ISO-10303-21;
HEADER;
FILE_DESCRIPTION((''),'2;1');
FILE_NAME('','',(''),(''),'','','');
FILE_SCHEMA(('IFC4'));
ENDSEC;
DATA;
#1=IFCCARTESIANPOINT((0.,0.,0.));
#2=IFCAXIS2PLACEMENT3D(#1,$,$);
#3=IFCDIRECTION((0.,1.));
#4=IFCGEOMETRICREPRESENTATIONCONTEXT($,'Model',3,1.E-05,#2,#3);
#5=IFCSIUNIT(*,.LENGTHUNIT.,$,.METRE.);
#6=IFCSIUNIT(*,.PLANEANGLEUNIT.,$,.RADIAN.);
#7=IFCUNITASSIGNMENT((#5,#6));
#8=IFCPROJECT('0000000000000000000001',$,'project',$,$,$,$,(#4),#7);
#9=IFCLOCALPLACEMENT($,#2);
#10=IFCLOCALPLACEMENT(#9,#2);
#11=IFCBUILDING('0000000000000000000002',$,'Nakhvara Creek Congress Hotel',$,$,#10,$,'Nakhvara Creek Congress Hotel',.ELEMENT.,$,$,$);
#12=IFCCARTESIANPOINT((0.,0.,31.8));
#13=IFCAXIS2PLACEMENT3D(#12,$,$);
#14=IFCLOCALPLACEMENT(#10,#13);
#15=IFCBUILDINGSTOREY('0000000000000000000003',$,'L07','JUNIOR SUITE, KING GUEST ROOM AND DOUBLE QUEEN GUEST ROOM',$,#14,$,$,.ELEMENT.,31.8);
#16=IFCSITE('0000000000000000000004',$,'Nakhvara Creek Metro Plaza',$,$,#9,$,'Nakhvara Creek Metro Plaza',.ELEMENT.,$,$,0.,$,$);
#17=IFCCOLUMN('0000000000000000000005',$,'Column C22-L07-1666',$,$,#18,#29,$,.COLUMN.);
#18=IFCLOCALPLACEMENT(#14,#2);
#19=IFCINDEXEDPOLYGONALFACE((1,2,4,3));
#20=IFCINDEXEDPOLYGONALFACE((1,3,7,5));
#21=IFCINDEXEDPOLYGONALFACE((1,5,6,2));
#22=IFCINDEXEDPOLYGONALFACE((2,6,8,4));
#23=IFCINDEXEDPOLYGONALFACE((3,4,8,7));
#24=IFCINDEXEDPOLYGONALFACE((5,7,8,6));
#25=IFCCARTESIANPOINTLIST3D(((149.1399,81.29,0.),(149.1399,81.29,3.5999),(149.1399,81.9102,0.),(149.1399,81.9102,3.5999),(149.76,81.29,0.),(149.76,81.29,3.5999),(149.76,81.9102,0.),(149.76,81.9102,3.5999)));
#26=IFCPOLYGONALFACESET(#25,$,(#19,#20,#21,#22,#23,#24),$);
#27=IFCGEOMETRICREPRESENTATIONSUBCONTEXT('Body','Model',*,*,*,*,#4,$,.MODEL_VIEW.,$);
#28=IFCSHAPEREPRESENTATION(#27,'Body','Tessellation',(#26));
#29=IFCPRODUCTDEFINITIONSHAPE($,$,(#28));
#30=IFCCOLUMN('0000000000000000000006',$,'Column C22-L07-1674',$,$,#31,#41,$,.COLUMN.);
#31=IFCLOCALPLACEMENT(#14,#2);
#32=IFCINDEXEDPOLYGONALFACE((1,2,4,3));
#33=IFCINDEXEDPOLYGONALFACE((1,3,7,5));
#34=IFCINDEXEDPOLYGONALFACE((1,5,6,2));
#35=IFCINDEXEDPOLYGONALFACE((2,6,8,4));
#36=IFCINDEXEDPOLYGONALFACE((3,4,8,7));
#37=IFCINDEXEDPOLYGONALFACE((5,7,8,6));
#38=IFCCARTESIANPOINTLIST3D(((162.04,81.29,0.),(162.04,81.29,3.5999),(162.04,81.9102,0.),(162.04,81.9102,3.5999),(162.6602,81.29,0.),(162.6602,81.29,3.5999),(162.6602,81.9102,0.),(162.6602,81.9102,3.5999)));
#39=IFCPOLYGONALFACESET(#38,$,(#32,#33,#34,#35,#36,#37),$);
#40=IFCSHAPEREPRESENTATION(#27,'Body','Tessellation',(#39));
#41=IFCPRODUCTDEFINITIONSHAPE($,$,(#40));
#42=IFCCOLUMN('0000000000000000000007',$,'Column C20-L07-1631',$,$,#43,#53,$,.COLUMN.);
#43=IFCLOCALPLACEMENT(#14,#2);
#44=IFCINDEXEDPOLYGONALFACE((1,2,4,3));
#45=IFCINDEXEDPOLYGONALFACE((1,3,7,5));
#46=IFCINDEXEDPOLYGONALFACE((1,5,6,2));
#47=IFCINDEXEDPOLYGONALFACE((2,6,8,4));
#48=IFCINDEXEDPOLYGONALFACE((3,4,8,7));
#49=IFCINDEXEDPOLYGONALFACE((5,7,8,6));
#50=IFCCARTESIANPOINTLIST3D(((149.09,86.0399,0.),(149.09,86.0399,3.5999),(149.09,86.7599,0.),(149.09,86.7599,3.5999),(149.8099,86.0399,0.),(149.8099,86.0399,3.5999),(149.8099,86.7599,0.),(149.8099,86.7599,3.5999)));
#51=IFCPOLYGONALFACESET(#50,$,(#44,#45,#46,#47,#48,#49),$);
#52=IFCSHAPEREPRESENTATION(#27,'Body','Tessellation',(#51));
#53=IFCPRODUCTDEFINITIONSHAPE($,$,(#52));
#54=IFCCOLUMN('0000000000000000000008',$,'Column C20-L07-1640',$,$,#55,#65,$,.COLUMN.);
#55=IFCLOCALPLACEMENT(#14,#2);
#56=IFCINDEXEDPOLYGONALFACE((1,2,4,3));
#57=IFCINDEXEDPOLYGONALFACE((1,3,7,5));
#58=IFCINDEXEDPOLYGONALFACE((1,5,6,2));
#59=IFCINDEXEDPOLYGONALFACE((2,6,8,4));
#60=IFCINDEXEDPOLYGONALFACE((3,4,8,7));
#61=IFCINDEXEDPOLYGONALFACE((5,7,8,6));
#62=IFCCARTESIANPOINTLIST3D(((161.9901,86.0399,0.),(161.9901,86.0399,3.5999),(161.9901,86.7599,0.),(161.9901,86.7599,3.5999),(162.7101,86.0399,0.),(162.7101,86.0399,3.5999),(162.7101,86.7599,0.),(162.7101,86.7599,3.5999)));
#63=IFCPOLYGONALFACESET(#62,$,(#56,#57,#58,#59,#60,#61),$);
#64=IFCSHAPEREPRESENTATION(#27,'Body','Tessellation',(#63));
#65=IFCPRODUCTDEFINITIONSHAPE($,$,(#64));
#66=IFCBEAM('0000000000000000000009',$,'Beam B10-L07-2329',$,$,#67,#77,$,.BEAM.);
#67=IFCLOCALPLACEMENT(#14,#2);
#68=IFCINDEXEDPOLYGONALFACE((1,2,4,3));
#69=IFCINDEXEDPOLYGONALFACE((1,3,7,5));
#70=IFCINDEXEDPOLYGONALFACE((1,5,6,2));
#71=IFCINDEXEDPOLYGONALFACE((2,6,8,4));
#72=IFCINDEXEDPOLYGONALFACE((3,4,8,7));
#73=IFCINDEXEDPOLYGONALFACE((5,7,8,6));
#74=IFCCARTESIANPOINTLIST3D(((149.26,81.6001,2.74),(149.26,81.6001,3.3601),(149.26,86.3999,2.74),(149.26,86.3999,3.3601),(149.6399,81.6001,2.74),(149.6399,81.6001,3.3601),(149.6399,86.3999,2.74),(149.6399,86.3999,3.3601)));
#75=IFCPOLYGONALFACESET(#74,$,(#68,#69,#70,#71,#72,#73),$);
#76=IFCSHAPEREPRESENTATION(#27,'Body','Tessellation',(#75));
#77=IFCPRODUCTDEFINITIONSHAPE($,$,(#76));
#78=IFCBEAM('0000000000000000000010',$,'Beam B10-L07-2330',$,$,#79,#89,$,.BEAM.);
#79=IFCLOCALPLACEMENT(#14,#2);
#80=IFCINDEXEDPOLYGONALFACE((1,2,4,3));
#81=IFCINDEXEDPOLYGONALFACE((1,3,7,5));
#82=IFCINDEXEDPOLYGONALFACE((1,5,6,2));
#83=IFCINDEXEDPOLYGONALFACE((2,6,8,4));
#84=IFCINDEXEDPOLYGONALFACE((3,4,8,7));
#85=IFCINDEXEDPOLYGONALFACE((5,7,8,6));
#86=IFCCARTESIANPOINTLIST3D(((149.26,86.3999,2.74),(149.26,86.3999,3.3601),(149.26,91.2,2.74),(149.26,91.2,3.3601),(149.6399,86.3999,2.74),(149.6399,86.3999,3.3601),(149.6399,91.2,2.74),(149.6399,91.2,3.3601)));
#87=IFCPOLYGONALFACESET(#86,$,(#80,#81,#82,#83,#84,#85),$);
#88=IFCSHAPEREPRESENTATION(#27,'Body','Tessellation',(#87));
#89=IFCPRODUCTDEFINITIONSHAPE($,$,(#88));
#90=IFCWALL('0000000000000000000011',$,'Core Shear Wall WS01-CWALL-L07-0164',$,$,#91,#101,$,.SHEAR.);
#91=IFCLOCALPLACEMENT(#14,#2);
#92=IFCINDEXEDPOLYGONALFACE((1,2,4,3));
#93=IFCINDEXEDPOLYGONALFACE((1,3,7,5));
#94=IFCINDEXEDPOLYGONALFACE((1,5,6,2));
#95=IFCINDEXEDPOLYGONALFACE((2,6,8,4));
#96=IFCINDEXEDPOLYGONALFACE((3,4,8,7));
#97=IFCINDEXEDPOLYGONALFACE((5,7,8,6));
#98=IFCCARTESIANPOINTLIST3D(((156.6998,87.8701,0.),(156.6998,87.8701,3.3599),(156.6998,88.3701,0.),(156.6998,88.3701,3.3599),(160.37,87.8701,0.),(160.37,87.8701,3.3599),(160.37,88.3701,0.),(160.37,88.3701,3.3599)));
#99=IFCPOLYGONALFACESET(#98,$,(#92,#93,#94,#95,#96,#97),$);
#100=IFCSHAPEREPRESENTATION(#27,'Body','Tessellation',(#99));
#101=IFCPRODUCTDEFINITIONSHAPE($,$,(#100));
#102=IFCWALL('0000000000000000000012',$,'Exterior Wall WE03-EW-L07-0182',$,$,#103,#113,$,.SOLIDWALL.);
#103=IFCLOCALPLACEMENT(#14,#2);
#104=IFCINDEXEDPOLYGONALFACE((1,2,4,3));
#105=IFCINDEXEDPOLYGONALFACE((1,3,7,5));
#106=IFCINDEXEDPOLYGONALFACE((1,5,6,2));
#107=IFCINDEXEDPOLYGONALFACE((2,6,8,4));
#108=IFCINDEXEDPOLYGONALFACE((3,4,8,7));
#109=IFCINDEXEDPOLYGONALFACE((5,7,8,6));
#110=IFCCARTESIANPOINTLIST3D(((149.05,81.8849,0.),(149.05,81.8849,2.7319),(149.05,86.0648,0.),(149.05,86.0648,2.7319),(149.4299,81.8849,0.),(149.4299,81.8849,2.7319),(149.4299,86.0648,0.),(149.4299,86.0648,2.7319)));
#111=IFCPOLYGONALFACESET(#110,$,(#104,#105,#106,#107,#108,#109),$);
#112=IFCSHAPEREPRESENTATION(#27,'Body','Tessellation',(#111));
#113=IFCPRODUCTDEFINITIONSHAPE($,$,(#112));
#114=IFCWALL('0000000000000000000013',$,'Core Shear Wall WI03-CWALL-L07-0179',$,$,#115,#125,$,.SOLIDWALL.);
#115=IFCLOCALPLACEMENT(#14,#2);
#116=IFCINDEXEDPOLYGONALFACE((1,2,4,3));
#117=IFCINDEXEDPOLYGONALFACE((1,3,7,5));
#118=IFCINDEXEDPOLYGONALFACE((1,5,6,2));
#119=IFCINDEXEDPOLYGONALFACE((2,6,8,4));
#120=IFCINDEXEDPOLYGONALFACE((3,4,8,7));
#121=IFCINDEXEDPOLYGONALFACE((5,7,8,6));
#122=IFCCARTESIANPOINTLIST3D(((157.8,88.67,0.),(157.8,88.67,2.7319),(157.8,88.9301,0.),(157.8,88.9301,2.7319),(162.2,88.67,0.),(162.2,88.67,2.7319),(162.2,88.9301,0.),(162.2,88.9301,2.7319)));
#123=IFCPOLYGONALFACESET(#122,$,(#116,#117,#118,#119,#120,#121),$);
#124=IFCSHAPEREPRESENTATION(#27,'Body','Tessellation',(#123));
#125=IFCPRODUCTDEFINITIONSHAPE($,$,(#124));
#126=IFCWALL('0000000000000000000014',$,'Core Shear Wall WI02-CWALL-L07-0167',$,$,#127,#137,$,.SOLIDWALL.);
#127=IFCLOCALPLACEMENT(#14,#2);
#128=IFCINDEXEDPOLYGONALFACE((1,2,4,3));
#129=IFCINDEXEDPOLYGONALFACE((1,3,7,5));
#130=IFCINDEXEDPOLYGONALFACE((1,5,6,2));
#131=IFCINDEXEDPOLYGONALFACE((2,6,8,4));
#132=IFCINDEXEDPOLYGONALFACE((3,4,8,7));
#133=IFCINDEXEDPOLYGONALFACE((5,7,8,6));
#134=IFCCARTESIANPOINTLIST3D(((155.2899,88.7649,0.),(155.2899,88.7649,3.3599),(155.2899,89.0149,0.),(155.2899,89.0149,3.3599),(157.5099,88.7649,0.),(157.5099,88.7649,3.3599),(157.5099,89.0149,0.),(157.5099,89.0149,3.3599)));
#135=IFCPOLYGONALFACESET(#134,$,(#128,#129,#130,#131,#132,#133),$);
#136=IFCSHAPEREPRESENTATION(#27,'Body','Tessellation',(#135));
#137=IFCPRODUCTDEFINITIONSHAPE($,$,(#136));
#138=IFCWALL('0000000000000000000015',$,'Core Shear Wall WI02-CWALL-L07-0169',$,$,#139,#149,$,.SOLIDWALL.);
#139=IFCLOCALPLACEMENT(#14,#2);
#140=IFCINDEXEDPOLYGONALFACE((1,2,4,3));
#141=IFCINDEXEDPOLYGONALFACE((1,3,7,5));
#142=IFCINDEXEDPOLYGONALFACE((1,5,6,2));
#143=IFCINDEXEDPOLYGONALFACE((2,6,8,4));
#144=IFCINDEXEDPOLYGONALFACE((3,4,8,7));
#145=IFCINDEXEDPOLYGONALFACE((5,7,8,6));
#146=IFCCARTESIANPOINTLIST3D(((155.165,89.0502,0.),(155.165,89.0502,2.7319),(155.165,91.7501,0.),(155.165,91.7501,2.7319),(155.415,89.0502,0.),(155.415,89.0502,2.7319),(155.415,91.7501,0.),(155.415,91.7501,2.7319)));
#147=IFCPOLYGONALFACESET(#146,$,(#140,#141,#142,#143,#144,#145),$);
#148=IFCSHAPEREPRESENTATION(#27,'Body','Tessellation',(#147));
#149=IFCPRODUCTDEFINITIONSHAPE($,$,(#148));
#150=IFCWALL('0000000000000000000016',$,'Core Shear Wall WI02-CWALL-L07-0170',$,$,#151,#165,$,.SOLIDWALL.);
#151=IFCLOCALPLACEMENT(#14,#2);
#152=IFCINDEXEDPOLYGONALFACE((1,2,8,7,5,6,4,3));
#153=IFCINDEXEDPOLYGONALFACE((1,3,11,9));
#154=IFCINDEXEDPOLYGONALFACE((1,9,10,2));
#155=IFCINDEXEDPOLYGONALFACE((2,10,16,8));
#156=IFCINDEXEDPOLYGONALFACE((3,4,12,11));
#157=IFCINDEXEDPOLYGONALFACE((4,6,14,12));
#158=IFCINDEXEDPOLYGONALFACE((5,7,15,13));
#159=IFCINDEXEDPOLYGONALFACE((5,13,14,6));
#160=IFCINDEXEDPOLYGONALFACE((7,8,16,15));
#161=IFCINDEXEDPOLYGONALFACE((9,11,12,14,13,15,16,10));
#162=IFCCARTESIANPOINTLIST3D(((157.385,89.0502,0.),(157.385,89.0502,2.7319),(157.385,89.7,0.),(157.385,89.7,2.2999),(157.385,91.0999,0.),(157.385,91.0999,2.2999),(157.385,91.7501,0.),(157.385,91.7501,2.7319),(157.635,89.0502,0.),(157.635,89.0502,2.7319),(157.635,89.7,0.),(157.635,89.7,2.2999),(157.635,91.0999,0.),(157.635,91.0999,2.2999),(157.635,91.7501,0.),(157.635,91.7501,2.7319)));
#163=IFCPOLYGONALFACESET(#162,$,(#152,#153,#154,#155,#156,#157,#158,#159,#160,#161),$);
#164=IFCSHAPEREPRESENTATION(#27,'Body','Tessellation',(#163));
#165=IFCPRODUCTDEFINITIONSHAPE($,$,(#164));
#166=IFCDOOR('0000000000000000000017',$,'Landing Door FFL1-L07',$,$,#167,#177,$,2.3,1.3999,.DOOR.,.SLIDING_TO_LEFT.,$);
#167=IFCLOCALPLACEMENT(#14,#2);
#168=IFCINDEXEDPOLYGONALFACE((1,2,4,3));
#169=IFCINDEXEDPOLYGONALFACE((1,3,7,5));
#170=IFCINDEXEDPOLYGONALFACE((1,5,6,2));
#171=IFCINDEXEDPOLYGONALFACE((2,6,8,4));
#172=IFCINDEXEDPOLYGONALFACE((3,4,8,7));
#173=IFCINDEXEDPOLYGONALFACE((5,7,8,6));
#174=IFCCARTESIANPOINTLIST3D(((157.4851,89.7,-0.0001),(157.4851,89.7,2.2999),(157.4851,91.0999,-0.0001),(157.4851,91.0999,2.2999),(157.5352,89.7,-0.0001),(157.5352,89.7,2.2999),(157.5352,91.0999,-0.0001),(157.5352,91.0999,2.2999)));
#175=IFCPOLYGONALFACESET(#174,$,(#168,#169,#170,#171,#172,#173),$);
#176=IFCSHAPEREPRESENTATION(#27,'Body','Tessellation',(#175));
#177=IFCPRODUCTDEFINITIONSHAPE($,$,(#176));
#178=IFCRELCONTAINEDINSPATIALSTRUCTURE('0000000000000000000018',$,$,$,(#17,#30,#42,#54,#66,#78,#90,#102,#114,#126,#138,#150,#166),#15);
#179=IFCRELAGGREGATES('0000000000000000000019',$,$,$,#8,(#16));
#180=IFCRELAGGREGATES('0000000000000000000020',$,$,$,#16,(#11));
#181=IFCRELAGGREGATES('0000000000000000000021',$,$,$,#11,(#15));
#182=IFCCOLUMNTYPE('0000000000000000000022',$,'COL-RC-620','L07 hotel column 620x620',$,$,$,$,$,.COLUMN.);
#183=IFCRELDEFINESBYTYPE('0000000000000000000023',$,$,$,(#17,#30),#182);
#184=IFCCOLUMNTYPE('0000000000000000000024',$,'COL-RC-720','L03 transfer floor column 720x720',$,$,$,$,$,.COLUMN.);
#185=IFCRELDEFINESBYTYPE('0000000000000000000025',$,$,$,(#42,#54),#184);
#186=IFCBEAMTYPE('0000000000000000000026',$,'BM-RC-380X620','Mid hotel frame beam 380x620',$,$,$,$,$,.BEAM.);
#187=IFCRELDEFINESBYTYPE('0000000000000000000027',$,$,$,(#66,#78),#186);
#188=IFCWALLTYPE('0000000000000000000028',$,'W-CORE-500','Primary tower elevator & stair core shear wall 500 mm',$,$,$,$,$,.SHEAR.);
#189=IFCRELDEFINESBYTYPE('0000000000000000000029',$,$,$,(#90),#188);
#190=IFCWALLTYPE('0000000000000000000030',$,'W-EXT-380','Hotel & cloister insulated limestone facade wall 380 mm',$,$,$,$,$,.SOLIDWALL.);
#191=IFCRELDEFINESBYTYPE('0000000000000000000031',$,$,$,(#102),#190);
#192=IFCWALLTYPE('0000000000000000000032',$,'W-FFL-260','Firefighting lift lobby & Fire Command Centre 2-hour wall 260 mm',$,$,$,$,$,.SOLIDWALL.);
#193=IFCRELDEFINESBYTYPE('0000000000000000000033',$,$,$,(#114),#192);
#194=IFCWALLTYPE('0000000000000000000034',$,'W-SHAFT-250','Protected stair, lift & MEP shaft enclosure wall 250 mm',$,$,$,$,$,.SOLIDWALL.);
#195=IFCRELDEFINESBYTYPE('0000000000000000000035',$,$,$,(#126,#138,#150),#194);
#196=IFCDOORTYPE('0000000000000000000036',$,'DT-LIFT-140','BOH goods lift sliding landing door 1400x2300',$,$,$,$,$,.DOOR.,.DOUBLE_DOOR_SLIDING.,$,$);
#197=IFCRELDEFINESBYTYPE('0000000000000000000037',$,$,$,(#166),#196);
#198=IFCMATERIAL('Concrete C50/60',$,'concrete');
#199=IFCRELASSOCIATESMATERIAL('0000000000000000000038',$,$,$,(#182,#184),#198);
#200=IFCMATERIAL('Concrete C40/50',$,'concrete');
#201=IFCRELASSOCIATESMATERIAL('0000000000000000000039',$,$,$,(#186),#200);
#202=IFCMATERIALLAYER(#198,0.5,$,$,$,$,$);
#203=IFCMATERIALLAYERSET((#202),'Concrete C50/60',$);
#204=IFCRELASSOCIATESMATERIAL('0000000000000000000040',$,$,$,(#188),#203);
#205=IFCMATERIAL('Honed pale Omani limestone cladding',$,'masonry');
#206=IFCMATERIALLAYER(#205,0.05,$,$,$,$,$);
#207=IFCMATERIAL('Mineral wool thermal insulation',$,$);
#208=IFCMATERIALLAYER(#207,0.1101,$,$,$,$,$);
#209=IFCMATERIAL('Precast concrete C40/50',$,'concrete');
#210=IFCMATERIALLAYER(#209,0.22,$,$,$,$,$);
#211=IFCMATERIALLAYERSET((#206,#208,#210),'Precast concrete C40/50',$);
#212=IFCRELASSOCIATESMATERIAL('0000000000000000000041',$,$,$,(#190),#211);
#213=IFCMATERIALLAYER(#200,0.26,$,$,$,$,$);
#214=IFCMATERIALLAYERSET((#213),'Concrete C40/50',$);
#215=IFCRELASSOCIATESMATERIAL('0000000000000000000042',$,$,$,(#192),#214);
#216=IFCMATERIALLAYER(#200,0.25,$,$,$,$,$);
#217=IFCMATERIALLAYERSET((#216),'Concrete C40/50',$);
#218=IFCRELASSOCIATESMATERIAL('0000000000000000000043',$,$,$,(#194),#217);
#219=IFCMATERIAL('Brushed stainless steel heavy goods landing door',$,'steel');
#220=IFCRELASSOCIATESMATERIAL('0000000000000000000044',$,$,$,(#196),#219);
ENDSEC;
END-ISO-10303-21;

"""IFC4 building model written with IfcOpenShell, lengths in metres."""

from ifc_helpers import new_model, si_unit, direction, frame, frame_2d, origin, origin_2d, place, context, subcontext, project, spatial, rectangle, extrude, material, layer, layer_set, material_profile, profile_set, type_object, element, fill, save


model = new_model("IFC4")

# Units and contexts
model_context = context("Model", 3, precision=1e-05, world=origin(), true_north=direction((0.0, 1.0)))
body_context = subcontext(model_context, "Body", "Model", "MODEL_VIEW")
ifc_project = project(units=[si_unit("LENGTHUNIT", "METRE"), si_unit("PLANEANGLEUNIT", "RADIAN")], contexts=[model_context])

# Site, building, storey
site_placement = place(None, origin())
site = spatial("IfcSite", under=ifc_project, at=site_placement, Name="Nakhvara Creek Metro Plaza", LongName="Nakhvara Creek Metro Plaza", CompositionType="ELEMENT", RefElevation=0.0)
building_placement = place(site_placement, origin())
building = spatial("IfcBuilding", under=site, at=building_placement, Name="Nakhvara Creek Congress Hotel", LongName="Nakhvara Creek Congress Hotel", CompositionType="ELEMENT")
storey_placement = place(building_placement, frame((0.0, 0.0, 31.8)))
storey = spatial("IfcBuildingStorey", under=building, at=storey_placement, Name="L07", Description="JUNIOR SUITE, KING GUEST ROOM AND DOUBLE QUEEN GUEST ROOM", CompositionType="ELEMENT", Elevation=31.8)

# Columns
ifc_material_1 = material(Name="Concrete C50/60", Category="concrete")
ifc_material_profile_1 = material_profile(ifc_material_1, rectangle(XDim=0.6201, YDim=0.6201, at=origin_2d()), Name="RC-COL 620x620", Category="LoadBearing")
ifc_profile_set_1 = profile_set([ifc_material_profile_1], Name="Concrete C50/60")
column_type_1 = type_object("IfcColumnType", Name="COL-RC-620", Description="L07 hotel column 620x620", PredefinedType="COLUMN", material=ifc_profile_set_1)
for number, where, z_axis, x_axis, name in (
    (1, (149.45, 81.6001, 0.0), (0.0, 0.0, 1.0), (1.0, 0.0, 0.0), "Column C22-L07-1666"),
    (2, (162.3501, 81.6001, 0.0), (0.0, 0.0, 1.0), (1.0, 0.0, 0.0), "Column C22-L07-1674"),
):
    element("IfcColumn", number, at=place(storey_placement, frame(where, z_axis=z_axis, x_axis=x_axis)), inside=storey, type_object=column_type_1, Name=name, PredefinedType="COLUMN", context=body_context, shape_type="SweptSolid", body=[
        extrude(rectangle(XDim=0.6201, YDim=0.6201, at=origin_2d()), origin(), (0.0, 0.0, 1.0), 3.5999),
    ])
ifc_material_profile_2 = material_profile(ifc_material_1, rectangle(XDim=0.72, YDim=0.72, at=origin_2d()), Name="RC-COL 720x720", Category="LoadBearing")
ifc_profile_set_2 = profile_set([ifc_material_profile_2], Name="Concrete C50/60")
column_type_2 = type_object("IfcColumnType", Name="COL-RC-720", Description="L03 transfer floor column 720x720", PredefinedType="COLUMN", material=ifc_profile_set_2)
for number, where, z_axis, x_axis, name in (
    (3, (149.45, 86.3999, 0.0), (0.0, 0.0, 1.0), (1.0, 0.0, 0.0), "Column C20-L07-1631"),
    (4, (162.3501, 86.3999, 0.0), (0.0, 0.0, 1.0), (1.0, 0.0, 0.0), "Column C20-L07-1640"),
):
    element("IfcColumn", number, at=place(storey_placement, frame(where, z_axis=z_axis, x_axis=x_axis)), inside=storey, type_object=column_type_2, Name=name, PredefinedType="COLUMN", context=body_context, shape_type="SweptSolid", body=[
        extrude(rectangle(XDim=0.72, YDim=0.72, at=origin_2d()), origin(), (0.0, 0.0, 1.0), 3.5999),
    ])

# Beams
ifc_material_2 = material(Name="Concrete C40/50", Category="concrete")
ifc_material_profile_3 = material_profile(ifc_material_2, rectangle(XDim=0.3799, YDim=0.6201, at=origin_2d()), Name="RC-BM 380x620", Category="LoadBearing")
ifc_profile_set_3 = profile_set([ifc_material_profile_3], Name="Concrete C40/50")
beam_type = type_object("IfcBeamType", Name="BM-RC-380X620", Description="Mid hotel frame beam 380x620", PredefinedType="BEAM", material=ifc_profile_set_3)
beam_1_placement = place(storey_placement, frame((149.45, 81.6001, 3.05), z_axis=(0.0, 1.0, 0.0), x_axis=(-1.0, 0.0, 0.0)))
element("IfcBeam", 5, at=beam_1_placement, inside=storey, type_object=beam_type, Name="Beam B10-L07-2329", PredefinedType="BEAM", context=body_context, shape_type="SweptSolid", body=[
    extrude(rectangle(XDim=0.3799, YDim=0.6201, at=origin_2d()), origin(), (0.0, 0.0, 1.0), 4.7998),
])
beam_2_placement = place(storey_placement, frame((149.45, 86.3999, 3.05), z_axis=(0.0, 1.0, 0.0), x_axis=(-1.0, 0.0, 0.0)))
element("IfcBeam", 6, at=beam_2_placement, inside=storey, type_object=beam_type, Name="Beam B10-L07-2330", PredefinedType="BEAM", context=body_context, shape_type="SweptSolid", body=[
    extrude(rectangle(XDim=0.3799, YDim=0.6201, at=origin_2d()), origin(), (0.0, 0.0, 1.0), 4.8),
])

# Walls
ifc_layer_1 = layer(ifc_material_1, 0.5)
ifc_layer_set_1 = layer_set([ifc_layer_1], Name="Concrete C50/60")
wall_type_1 = type_object("IfcWallType", Name="W-CORE-500", Description="Primary tower elevator & stair core shear wall 500 mm", PredefinedType="SHEAR", material=ifc_layer_set_1)
wall_1_placement = place(storey_placement, frame((156.7, 88.1201, 0.0), z_axis=(0.0, 0.0, 1.0), x_axis=(1.0, 0.0, 0.0)))
element("IfcWall", 7, at=wall_1_placement, inside=storey, type_object=wall_type_1, Name="Core Shear Wall WS01-CWALL-L07-0164", PredefinedType="SHEAR", context=body_context, shape_type="SweptSolid", body=[
    extrude(rectangle(XDim=3.6702, YDim=0.5, at=frame_2d((1.835, 0.0))), origin(), (0.0, 0.0, 1.0), 3.3599),
])
ifc_material_3 = material(Name="Honed pale Omani limestone cladding", Category="masonry")
ifc_layer_2 = layer(ifc_material_3, 0.05)
ifc_material_4 = material(Name="Mineral wool thermal insulation")
ifc_layer_3 = layer(ifc_material_4, 0.1101)
ifc_material_5 = material(Name="Precast concrete C40/50", Category="concrete")
ifc_layer_4 = layer(ifc_material_5, 0.22)
ifc_layer_set_2 = layer_set([ifc_layer_2, ifc_layer_3, ifc_layer_4], Name="Precast concrete C40/50")
wall_type_2 = type_object("IfcWallType", Name="W-EXT-380", Description="Hotel & cloister insulated limestone facade wall 380 mm", PredefinedType="SOLIDWALL", material=ifc_layer_set_2)
wall_2_placement = place(storey_placement, frame((149.24, 81.885, 0.0), z_axis=(0.0, 0.0, 1.0), x_axis=(0.0, 1.0, 0.0)))
element("IfcWall", 8, at=wall_2_placement, inside=storey, type_object=wall_type_2, Name="Exterior Wall WE03-EW-L07-0182", PredefinedType="SOLIDWALL", context=body_context, shape_type="SweptSolid", body=[
    extrude(rectangle(XDim=4.1799, YDim=0.3799, at=frame_2d((2.0898, 0.0))), origin(), (0.0, 0.0, 1.0), 2.7319),
])

# Shared definitions
ifc_layer_5 = layer(ifc_material_2, 0.26)
ifc_layer_set_3 = layer_set([ifc_layer_5], Name="Concrete C40/50")
wall_type_3 = type_object("IfcWallType", Name="W-FFL-260", Description="Firefighting lift lobby & Fire Command Centre 2-hour wall 260 mm", PredefinedType="SOLIDWALL", material=ifc_layer_set_3)

# Walls
wall_3_placement = place(storey_placement, frame((157.8, 88.8, 0.0), z_axis=(0.0, 0.0, 1.0), x_axis=(1.0, 0.0, 0.0)))
element("IfcWall", 9, at=wall_3_placement, inside=storey, type_object=wall_type_3, Name="Core Shear Wall WI03-CWALL-L07-0179", PredefinedType="SOLIDWALL", context=body_context, shape_type="SweptSolid", body=[
    extrude(rectangle(XDim=4.3999, YDim=0.26, at=frame_2d((2.2, 0.0))), origin(), (0.0, 0.0, 1.0), 2.7319),
])
ifc_layer_6 = layer(ifc_material_2, 0.25)
ifc_layer_set_4 = layer_set([ifc_layer_6], Name="Concrete C40/50")
wall_type_4 = type_object("IfcWallType", Name="W-SHAFT-250", Description="Protected stair, lift & MEP shaft enclosure wall 250 mm", PredefinedType="SOLIDWALL", material=ifc_layer_set_4)
wall_4_placement = place(storey_placement, frame((155.29, 88.8899, 0.0), z_axis=(0.0, 0.0, 1.0), x_axis=(1.0, 0.0, 0.0)))
element("IfcWall", 10, at=wall_4_placement, inside=storey, type_object=wall_type_4, Name="Core Shear Wall WI02-CWALL-L07-0167", PredefinedType="SOLIDWALL", context=body_context, shape_type="SweptSolid", body=[
    extrude(rectangle(XDim=2.22, YDim=0.25, at=frame_2d((1.1099, 0.0))), origin(), (0.0, 0.0, 1.0), 3.3599),
])
wall_5_placement = place(storey_placement, frame((155.29, 89.05, 0.0), z_axis=(0.0, 0.0, 1.0), x_axis=(0.0, 1.0, 0.0)))
element("IfcWall", 11, at=wall_5_placement, inside=storey, type_object=wall_type_4, Name="Core Shear Wall WI02-CWALL-L07-0169", PredefinedType="SOLIDWALL", context=body_context, shape_type="SweptSolid", body=[
    extrude(rectangle(XDim=2.7, YDim=0.25, at=frame_2d((1.3501, 0.0))), origin(), (0.0, 0.0, 1.0), 2.7319),
])

# Wall, opening, door
wall_6_placement = place(storey_placement, frame((157.51, 89.05, 0.0), z_axis=(0.0, 0.0, 1.0), x_axis=(0.0, 1.0, 0.0)))
wall_6 = element("IfcWall", 12, at=wall_6_placement, inside=storey, type_object=wall_type_4, Name="Core Shear Wall WI02-CWALL-L07-0170", PredefinedType="SOLIDWALL", context=body_context, shape_type="SweptSolid", body=[
    extrude(rectangle(XDim=2.7, YDim=0.25, at=frame_2d((1.3501, 0.0))), origin(), (0.0, 0.0, 1.0), 2.7319),
])
opening_1_placement = place(wall_6_placement, frame((0.6499, 0.0, 0.0)))
opening_1 = element("IfcOpeningElement", 13, at=opening_1_placement, cuts=wall_6, PredefinedType="OPENING", context=body_context, shape_type="SweptSolid", body=[
    extrude(rectangle(XDim=1.3999, YDim=2.3, at=frame_2d((0.7, 1.1499))), frame((0.0, 0.137, 0.0), z_axis=(0.0, -1.0, 0.0), x_axis=(1.0, 0.0, 0.0)), (0.0, 0.0, 1.0), 0.2739),
])
ifc_material_6 = material(Name="Brushed stainless steel heavy goods landing door", Category="steel")
door_type_1 = type_object("IfcDoorType", Name="DT-LIFT-140", Description="BOH goods lift sliding landing door 1400x2300", OperationType="DOUBLE_DOOR_SLIDING", PredefinedType="DOOR", material=ifc_material_6)
door_1_placement = place(opening_1_placement, origin())
door_1 = element("IfcDoor", 14, at=door_1_placement, inside=storey, type_object=door_type_1, Name="Landing Door FFL1-L07", OperationType="SLIDING_TO_LEFT", OverallHeight=2.3, OverallWidth=1.3999, PredefinedType="DOOR", context=body_context, shape_type="SweptSolid", body=[
    extrude(rectangle(XDim=1.3999, YDim=2.3, at=frame_2d((0.7, 1.1499))), frame((0.0, 0.0249, 0.0), z_axis=(0.0, -1.0, 0.0), x_axis=(1.0, 0.0, 0.0)), (0.0, 0.0, 1.0), 0.05),
])
fill(opening_1, door_1)

save(model, "model.ifc")
